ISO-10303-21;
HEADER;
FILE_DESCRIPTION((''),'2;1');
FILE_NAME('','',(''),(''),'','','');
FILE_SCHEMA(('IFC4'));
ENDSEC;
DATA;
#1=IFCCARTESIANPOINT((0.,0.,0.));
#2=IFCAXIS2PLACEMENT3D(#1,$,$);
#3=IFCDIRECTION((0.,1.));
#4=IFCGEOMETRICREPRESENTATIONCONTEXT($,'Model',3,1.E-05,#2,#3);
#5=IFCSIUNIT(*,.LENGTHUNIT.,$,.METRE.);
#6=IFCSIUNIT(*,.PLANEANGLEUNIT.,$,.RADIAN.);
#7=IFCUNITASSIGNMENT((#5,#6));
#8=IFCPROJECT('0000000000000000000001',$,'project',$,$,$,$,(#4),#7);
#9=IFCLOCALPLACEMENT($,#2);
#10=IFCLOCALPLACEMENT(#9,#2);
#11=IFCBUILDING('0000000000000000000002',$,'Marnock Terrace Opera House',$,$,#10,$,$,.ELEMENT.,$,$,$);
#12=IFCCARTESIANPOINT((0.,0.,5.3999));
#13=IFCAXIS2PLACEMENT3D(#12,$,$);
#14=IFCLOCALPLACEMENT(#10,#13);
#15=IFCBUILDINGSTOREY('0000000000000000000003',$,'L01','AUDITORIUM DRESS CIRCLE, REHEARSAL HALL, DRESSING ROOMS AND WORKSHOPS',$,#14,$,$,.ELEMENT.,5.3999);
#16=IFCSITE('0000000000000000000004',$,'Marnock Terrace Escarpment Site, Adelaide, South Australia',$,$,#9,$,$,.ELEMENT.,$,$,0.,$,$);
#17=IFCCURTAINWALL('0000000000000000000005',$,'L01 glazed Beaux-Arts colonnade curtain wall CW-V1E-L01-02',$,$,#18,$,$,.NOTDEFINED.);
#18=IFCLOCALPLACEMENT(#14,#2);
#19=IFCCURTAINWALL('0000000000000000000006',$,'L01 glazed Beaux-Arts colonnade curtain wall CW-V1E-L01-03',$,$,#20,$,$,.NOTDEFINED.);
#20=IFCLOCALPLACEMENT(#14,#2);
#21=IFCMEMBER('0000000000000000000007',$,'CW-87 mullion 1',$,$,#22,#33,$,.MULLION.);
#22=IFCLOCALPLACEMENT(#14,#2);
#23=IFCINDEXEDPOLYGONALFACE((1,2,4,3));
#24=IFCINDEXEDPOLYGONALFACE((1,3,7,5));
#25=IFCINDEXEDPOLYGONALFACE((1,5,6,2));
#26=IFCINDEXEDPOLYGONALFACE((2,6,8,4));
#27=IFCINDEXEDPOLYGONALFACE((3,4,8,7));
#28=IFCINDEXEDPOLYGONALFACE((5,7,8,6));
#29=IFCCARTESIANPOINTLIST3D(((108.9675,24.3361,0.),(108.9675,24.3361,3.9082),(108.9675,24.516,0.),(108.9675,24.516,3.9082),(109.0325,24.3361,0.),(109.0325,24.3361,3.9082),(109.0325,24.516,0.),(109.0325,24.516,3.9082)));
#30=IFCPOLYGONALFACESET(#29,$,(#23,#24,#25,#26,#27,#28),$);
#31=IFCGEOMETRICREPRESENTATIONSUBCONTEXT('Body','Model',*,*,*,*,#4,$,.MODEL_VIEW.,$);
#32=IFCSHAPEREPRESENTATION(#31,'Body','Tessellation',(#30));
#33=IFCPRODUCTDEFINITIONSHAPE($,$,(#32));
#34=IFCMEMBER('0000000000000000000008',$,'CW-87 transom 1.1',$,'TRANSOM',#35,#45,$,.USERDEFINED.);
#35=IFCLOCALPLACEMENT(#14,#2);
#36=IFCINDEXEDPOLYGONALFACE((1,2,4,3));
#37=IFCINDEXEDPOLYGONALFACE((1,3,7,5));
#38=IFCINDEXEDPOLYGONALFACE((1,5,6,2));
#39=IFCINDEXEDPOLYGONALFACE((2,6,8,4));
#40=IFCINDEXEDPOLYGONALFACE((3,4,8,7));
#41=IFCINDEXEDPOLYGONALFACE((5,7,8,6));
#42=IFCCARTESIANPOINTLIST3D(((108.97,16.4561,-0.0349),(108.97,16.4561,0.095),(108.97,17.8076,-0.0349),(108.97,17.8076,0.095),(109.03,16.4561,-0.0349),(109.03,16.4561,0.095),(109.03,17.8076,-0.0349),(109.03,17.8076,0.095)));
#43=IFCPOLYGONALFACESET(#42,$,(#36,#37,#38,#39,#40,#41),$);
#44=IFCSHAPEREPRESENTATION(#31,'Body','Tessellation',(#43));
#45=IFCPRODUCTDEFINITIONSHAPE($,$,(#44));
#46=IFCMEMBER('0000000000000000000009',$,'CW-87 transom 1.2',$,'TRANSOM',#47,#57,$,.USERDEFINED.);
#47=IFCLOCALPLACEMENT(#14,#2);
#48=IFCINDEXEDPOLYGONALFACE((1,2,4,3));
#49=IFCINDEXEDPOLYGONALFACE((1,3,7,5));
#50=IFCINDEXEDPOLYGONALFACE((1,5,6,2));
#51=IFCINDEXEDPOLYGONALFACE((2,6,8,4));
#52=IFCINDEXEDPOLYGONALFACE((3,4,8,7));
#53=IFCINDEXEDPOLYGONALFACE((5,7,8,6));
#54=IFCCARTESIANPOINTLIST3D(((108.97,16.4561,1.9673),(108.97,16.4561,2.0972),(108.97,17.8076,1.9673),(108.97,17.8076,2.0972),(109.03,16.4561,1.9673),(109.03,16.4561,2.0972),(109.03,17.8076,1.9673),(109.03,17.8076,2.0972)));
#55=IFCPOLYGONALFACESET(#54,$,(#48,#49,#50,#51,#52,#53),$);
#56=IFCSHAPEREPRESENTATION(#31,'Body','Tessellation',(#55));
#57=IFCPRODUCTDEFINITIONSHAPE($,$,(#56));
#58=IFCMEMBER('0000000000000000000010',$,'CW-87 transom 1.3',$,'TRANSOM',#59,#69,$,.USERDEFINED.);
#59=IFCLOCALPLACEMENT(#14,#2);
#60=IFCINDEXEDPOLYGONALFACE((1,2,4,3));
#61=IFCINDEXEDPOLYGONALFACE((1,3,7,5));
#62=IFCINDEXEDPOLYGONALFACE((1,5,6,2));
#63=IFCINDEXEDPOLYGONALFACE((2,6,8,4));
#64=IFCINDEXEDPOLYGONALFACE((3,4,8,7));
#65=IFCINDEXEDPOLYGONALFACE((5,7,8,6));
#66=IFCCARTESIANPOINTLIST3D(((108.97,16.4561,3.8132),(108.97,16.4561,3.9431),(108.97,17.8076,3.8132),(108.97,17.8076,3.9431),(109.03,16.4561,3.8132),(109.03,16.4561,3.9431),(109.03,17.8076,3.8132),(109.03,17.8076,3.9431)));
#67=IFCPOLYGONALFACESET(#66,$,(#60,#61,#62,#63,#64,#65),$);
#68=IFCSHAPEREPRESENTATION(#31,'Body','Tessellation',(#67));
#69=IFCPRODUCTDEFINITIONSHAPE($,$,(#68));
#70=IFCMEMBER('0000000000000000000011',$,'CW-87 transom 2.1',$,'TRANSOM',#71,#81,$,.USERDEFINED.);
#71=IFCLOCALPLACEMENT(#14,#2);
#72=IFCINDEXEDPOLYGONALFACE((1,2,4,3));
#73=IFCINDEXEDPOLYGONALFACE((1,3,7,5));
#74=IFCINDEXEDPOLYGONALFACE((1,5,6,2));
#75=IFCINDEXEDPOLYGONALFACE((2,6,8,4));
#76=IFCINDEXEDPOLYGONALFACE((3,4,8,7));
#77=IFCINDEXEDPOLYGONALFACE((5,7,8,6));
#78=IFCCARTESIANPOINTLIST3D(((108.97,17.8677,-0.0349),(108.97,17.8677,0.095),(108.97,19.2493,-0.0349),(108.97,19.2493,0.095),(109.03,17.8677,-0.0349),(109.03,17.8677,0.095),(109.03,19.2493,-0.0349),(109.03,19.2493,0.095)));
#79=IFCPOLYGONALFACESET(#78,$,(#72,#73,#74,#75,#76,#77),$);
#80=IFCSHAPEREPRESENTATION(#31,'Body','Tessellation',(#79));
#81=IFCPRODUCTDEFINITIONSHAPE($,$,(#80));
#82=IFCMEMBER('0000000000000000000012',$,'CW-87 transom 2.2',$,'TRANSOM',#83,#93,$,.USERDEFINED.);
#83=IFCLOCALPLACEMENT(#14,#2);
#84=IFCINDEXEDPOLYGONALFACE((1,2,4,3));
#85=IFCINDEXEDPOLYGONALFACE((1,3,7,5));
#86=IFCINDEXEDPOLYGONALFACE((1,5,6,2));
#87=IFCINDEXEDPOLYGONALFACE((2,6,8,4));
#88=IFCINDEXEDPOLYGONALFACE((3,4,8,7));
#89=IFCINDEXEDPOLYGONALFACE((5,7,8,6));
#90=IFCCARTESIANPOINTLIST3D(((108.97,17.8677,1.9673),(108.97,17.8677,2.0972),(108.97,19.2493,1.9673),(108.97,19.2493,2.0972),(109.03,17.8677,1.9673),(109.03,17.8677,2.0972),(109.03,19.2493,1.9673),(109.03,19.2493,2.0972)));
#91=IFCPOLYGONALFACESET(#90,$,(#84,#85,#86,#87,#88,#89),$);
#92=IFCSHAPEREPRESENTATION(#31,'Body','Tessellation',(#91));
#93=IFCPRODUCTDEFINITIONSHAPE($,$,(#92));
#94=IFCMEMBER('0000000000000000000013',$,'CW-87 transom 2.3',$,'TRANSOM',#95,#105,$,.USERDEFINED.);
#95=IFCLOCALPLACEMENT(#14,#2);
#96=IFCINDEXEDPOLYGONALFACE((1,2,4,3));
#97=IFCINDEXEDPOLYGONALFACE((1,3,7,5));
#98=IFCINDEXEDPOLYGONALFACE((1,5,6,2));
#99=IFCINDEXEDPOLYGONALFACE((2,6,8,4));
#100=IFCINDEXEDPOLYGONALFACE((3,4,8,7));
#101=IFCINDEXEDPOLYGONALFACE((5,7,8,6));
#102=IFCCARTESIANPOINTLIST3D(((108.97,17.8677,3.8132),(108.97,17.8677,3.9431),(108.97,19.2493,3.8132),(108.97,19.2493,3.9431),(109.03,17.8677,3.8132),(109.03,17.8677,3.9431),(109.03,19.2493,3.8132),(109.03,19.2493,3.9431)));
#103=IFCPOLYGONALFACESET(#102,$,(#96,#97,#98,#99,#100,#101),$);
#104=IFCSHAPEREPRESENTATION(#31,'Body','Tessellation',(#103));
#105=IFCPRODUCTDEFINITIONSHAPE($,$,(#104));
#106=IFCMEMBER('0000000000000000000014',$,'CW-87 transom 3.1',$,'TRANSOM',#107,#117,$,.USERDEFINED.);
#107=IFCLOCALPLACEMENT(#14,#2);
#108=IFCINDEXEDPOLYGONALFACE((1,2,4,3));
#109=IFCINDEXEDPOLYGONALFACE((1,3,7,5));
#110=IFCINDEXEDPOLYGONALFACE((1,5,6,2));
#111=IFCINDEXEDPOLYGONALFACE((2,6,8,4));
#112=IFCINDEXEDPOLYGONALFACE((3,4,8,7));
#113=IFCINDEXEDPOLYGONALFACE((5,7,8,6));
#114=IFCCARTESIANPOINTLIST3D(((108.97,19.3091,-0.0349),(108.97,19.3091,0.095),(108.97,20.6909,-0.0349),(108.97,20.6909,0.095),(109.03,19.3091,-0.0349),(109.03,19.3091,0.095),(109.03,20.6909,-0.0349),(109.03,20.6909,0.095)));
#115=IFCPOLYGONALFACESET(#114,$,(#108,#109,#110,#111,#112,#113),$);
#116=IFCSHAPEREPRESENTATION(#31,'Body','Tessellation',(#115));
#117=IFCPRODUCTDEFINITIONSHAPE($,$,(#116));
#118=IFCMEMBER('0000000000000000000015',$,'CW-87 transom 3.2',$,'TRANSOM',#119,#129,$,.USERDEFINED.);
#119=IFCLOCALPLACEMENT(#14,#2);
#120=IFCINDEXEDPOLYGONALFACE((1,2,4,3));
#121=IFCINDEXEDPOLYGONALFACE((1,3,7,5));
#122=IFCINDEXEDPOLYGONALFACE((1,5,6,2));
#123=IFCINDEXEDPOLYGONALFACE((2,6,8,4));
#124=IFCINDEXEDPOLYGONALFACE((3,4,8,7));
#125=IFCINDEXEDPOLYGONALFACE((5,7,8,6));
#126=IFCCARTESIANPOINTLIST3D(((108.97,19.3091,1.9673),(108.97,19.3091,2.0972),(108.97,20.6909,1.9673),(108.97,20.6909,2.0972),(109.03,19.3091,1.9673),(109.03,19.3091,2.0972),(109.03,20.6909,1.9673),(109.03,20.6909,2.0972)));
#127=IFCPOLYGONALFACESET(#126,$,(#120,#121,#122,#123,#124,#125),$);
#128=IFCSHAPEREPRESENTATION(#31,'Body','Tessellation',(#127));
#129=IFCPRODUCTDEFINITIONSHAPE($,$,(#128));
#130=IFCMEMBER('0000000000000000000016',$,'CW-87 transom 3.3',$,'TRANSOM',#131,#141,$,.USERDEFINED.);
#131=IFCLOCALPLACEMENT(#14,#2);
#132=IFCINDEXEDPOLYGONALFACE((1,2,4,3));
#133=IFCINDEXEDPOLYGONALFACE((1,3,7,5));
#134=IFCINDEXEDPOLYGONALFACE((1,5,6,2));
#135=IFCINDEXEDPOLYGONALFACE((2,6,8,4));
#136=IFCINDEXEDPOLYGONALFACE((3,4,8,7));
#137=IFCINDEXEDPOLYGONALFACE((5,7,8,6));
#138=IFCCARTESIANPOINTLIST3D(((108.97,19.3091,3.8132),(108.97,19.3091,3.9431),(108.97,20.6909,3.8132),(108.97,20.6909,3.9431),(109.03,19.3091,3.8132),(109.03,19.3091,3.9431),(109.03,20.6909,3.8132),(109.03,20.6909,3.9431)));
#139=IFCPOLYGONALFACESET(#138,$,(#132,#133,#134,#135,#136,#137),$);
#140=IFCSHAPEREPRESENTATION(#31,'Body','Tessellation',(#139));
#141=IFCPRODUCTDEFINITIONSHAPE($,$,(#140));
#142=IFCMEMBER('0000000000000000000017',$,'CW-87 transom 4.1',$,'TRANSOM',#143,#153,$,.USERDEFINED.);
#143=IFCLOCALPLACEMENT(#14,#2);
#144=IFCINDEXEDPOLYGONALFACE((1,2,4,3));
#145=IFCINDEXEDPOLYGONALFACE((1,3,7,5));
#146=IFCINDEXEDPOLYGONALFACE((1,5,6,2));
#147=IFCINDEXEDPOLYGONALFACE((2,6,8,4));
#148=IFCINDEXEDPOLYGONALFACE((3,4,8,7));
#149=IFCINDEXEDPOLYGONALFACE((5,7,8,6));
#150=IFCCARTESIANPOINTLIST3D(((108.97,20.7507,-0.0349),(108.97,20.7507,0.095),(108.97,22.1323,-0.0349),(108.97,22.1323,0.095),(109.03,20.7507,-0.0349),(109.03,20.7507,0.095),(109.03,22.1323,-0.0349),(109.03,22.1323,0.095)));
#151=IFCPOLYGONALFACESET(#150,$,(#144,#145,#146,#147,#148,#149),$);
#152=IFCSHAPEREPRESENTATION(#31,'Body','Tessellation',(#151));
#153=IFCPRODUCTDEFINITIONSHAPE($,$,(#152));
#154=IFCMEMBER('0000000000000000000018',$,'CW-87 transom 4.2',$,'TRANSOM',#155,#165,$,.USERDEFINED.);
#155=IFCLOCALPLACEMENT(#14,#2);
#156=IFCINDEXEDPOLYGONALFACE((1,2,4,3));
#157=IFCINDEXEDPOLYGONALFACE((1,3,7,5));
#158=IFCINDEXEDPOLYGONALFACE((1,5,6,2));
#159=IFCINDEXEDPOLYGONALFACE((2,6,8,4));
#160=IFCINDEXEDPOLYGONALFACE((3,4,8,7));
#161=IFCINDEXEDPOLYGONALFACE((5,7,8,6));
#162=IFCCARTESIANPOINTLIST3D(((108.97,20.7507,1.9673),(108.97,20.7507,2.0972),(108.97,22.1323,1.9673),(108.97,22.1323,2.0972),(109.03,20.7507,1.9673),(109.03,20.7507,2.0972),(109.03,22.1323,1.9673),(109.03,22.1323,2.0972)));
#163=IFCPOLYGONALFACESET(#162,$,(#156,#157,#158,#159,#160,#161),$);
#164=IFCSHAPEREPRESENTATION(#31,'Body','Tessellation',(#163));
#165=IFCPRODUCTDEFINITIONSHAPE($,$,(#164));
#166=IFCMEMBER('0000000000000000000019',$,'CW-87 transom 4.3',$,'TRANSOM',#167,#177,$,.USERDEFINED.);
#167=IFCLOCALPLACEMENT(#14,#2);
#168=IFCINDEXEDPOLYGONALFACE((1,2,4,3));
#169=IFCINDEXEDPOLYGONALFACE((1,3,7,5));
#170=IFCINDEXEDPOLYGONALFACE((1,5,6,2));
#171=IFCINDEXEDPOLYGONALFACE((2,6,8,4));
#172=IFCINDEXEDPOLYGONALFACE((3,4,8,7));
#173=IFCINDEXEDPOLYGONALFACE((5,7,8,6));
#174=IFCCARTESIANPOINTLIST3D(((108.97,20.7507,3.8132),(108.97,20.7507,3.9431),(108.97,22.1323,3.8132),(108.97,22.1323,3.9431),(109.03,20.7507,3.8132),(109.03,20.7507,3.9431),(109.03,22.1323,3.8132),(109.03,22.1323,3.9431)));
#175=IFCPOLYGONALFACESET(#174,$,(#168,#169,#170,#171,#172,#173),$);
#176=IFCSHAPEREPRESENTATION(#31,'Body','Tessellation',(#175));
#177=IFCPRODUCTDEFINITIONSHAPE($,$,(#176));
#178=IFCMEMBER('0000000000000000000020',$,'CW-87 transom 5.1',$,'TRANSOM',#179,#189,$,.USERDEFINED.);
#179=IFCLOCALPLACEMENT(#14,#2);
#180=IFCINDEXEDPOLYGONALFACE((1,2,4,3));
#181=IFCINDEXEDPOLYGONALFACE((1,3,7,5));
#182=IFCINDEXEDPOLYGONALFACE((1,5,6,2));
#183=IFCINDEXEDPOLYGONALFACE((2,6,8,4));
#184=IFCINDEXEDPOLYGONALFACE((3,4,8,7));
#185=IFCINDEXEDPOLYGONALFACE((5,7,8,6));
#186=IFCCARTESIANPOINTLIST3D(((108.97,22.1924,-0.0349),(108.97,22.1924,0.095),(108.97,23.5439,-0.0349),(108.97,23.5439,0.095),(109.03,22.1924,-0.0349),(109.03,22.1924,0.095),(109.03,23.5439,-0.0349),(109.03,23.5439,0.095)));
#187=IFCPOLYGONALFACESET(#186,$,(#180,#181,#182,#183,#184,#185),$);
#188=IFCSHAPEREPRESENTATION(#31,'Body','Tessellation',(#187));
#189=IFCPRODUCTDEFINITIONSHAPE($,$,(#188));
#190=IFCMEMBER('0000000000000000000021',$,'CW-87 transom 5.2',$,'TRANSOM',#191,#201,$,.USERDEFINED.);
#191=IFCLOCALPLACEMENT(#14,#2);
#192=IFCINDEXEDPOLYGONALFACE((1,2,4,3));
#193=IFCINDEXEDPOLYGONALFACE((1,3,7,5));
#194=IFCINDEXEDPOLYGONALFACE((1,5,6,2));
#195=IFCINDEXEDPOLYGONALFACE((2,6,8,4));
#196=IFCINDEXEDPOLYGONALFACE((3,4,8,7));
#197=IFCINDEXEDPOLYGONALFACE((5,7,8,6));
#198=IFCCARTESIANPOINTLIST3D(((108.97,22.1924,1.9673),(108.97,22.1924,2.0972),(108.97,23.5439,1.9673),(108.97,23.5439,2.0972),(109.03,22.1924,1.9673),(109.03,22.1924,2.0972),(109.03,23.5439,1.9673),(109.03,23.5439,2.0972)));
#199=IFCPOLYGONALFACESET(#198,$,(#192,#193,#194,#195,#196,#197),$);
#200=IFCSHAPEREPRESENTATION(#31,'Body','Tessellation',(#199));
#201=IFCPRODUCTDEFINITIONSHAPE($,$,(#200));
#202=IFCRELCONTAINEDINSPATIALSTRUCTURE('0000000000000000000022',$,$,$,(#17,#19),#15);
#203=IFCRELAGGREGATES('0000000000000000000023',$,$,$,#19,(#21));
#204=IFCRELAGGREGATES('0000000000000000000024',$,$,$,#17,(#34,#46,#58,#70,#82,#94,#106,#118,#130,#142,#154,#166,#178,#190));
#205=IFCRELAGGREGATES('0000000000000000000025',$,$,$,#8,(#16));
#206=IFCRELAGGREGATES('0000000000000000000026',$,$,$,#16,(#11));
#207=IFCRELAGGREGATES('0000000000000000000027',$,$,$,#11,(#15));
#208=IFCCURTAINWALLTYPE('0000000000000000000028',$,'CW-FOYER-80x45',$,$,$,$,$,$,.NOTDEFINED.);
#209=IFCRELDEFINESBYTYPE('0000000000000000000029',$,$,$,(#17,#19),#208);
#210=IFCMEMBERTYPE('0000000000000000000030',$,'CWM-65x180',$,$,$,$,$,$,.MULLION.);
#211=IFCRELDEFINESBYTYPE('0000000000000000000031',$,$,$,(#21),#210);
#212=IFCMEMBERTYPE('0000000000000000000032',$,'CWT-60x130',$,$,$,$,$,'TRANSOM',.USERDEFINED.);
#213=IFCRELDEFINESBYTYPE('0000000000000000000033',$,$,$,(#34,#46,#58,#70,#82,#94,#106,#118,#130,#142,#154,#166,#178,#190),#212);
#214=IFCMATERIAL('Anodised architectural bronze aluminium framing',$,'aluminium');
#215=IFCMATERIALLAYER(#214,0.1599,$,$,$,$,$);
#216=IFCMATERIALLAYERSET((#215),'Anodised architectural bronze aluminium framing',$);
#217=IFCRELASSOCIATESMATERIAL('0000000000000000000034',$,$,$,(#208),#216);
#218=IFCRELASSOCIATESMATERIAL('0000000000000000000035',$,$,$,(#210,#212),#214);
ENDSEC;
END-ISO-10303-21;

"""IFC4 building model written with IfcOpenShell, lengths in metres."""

from ifc_helpers import new_model, si_unit, direction, frame, origin, origin_2d, place, context, subcontext, project, spatial, rectangle, extrude, material, layer, layer_set, material_profile, profile_set, type_object, element, aggregate, save


model = new_model("IFC4")

# Units and contexts
model_context = context("Model", 3, precision=1e-05, world=origin(), true_north=direction((0.0, 1.0)))
body_context = subcontext(model_context, "Body", "Model", "MODEL_VIEW")
ifc_project = project(units=[si_unit("LENGTHUNIT", "METRE"), si_unit("PLANEANGLEUNIT", "RADIAN")], contexts=[model_context])

# Site, building, storey
site_placement = place(None, origin())
site = spatial("IfcSite", under=ifc_project, at=site_placement, Name="Marnock Terrace Escarpment Site, Adelaide, South Australia", CompositionType="ELEMENT", RefElevation=0.0)
building_placement = place(site_placement, origin())
building = spatial("IfcBuilding", under=site, at=building_placement, Name="Marnock Terrace Opera House", CompositionType="ELEMENT")
storey_placement = place(building_placement, frame((0.0, 0.0, 5.3999)))
storey = spatial("IfcBuildingStorey", under=building, at=storey_placement, Name="L01", Description="AUDITORIUM DRESS CIRCLE, REHEARSAL HALL, DRESSING ROOMS AND WORKSHOPS", CompositionType="ELEMENT", Elevation=5.3999)

# Curtain wall
ifc_material_1 = material(Name="Anodised architectural bronze aluminium framing", Category="aluminium")
ifc_layer_1 = layer(ifc_material_1, 0.1599)
ifc_layer_set_1 = layer_set([ifc_layer_1], Name="Anodised architectural bronze aluminium framing")
curtain_wall_type = type_object("IfcCurtainWallType", Name="CW-FOYER-80x45", PredefinedType="NOTDEFINED", material=ifc_layer_set_1)
curtain_wall_1_placement = place(storey_placement, origin())
curtain_wall_1 = element("IfcCurtainWall", 1, at=curtain_wall_1_placement, inside=storey, type_object=curtain_wall_type, Name="L01 glazed Beaux-Arts colonnade curtain wall CW-V1E-L01-02", PredefinedType="NOTDEFINED")
ifc_material_profile_1 = material_profile(ifc_material_1, rectangle(XDim=0.0649, YDim=0.1799, at=origin_2d()))
ifc_profile_set_1 = profile_set([ifc_material_profile_1], Name="Anodised architectural bronze aluminium framing")
member_type_1 = type_object("IfcMemberType", Name="CWM-65x180", PredefinedType="MULLION", material=ifc_profile_set_1)

# Curtain wall, member
curtain_wall_2_placement = place(storey_placement, origin())
curtain_wall_2 = element("IfcCurtainWall", 2, at=curtain_wall_2_placement, inside=storey, type_object=curtain_wall_type, Name="L01 glazed Beaux-Arts colonnade curtain wall CW-V1E-L01-03", PredefinedType="NOTDEFINED")
member_1_placement = place(storey_placement, frame((109.0, 24.426, 0.0), z_axis=(0.0, 0.0, 1.0), x_axis=(-1.0, 0.0, 0.0)))
member_1 = element("IfcMember", 3, at=member_1_placement, type_object=member_type_1, Name="CW-87 mullion 1", PredefinedType="MULLION", context=body_context, shape_type="SweptSolid", body=[
    extrude(rectangle(XDim=0.0649, YDim=0.1799, at=origin_2d()), origin(), (0.0, 0.0, 1.0), 3.9082),
])

# Members
ifc_material_profile_2 = material_profile(ifc_material_1, rectangle(XDim=0.0601, YDim=0.1299, at=origin_2d()))
ifc_profile_set_2 = profile_set([ifc_material_profile_2], Name="Anodised architectural bronze aluminium framing")
member_type_2 = type_object("IfcMemberType", Name="CWT-60x130", ElementType="TRANSOM", PredefinedType="USERDEFINED", material=ifc_profile_set_2)
member_2_placement = place(storey_placement, frame((109.0, 16.4561, 0.03), z_axis=(0.0, 1.0, 0.0), x_axis=(-1.0, 0.0, 0.0)))
member_2 = element("IfcMember", 4, at=member_2_placement, type_object=member_type_2, Name="CW-87 transom 1.1", ObjectType="TRANSOM", PredefinedType="USERDEFINED", context=body_context, shape_type="SweptSolid", body=[
    extrude(rectangle(XDim=0.0601, YDim=0.1299, at=origin_2d()), origin(), (0.0, 0.0, 1.0), 1.3516),
])
member_3_placement = place(storey_placement, frame((109.0, 16.4561, 2.0322), z_axis=(0.0, 1.0, 0.0), x_axis=(-1.0, 0.0, 0.0)))
member_3 = element("IfcMember", 5, at=member_3_placement, type_object=member_type_2, Name="CW-87 transom 1.2", ObjectType="TRANSOM", PredefinedType="USERDEFINED", context=body_context, shape_type="SweptSolid", body=[
    extrude(rectangle(XDim=0.0601, YDim=0.1299, at=origin_2d()), origin(), (0.0, 0.0, 1.0), 1.3516),
])
member_4_placement = place(storey_placement, frame((109.0, 16.4561, 3.8782), z_axis=(0.0, 1.0, 0.0), x_axis=(-1.0, 0.0, 0.0)))
member_4 = element("IfcMember", 6, at=member_4_placement, type_object=member_type_2, Name="CW-87 transom 1.3", ObjectType="TRANSOM", PredefinedType="USERDEFINED", context=body_context, shape_type="SweptSolid", body=[
    extrude(rectangle(XDim=0.0601, YDim=0.1299, at=origin_2d()), origin(), (0.0, 0.0, 1.0), 1.3516),
])
member_5_placement = place(storey_placement, frame((109.0, 17.8677, 0.03), z_axis=(0.0, 1.0, 0.0), x_axis=(-1.0, 0.0, 0.0)))
member_5 = element("IfcMember", 7, at=member_5_placement, type_object=member_type_2, Name="CW-87 transom 2.1", ObjectType="TRANSOM", PredefinedType="USERDEFINED", context=body_context, shape_type="SweptSolid", body=[
    extrude(rectangle(XDim=0.0601, YDim=0.1299, at=origin_2d()), origin(), (0.0, 0.0, 1.0), 1.3816),
])
member_6_placement = place(storey_placement, frame((109.0, 17.8677, 2.0322), z_axis=(0.0, 1.0, 0.0), x_axis=(-1.0, 0.0, 0.0)))
member_6 = element("IfcMember", 8, at=member_6_placement, type_object=member_type_2, Name="CW-87 transom 2.2", ObjectType="TRANSOM", PredefinedType="USERDEFINED", context=body_context, shape_type="SweptSolid", body=[
    extrude(rectangle(XDim=0.0601, YDim=0.1299, at=origin_2d()), origin(), (0.0, 0.0, 1.0), 1.3816),
])
member_7_placement = place(storey_placement, frame((109.0, 17.8677, 3.8782), z_axis=(0.0, 1.0, 0.0), x_axis=(-1.0, 0.0, 0.0)))
member_7 = element("IfcMember", 9, at=member_7_placement, type_object=member_type_2, Name="CW-87 transom 2.3", ObjectType="TRANSOM", PredefinedType="USERDEFINED", context=body_context, shape_type="SweptSolid", body=[
    extrude(rectangle(XDim=0.0601, YDim=0.1299, at=origin_2d()), origin(), (0.0, 0.0, 1.0), 1.3816),
])
member_8_placement = place(storey_placement, frame((109.0, 19.3091, 0.03), z_axis=(0.0, 1.0, 0.0), x_axis=(-1.0, 0.0, 0.0)))
member_8 = element("IfcMember", 10, at=member_8_placement, type_object=member_type_2, Name="CW-87 transom 3.1", ObjectType="TRANSOM", PredefinedType="USERDEFINED", context=body_context, shape_type="SweptSolid", body=[
    extrude(rectangle(XDim=0.0601, YDim=0.1299, at=origin_2d()), origin(), (0.0, 0.0, 1.0), 1.3818),
])
member_9_placement = place(storey_placement, frame((109.0, 19.3091, 2.0322), z_axis=(0.0, 1.0, 0.0), x_axis=(-1.0, 0.0, 0.0)))
member_9 = element("IfcMember", 11, at=member_9_placement, type_object=member_type_2, Name="CW-87 transom 3.2", ObjectType="TRANSOM", PredefinedType="USERDEFINED", context=body_context, shape_type="SweptSolid", body=[
    extrude(rectangle(XDim=0.0601, YDim=0.1299, at=origin_2d()), origin(), (0.0, 0.0, 1.0), 1.3818),
])
member_10_placement = place(storey_placement, frame((109.0, 19.3091, 3.8782), z_axis=(0.0, 1.0, 0.0), x_axis=(-1.0, 0.0, 0.0)))
member_10 = element("IfcMember", 12, at=member_10_placement, type_object=member_type_2, Name="CW-87 transom 3.3", ObjectType="TRANSOM", PredefinedType="USERDEFINED", context=body_context, shape_type="SweptSolid", body=[
    extrude(rectangle(XDim=0.0601, YDim=0.1299, at=origin_2d()), origin(), (0.0, 0.0, 1.0), 1.3818),
])
member_11_placement = place(storey_placement, frame((109.0, 20.7507, 0.03), z_axis=(0.0, 1.0, 0.0), x_axis=(-1.0, 0.0, 0.0)))
member_11 = element("IfcMember", 13, at=member_11_placement, type_object=member_type_2, Name="CW-87 transom 4.1", ObjectType="TRANSOM", PredefinedType="USERDEFINED", context=body_context, shape_type="SweptSolid", body=[
    extrude(rectangle(XDim=0.0601, YDim=0.1299, at=origin_2d()), origin(), (0.0, 0.0, 1.0), 1.3816),
])
member_12_placement = place(storey_placement, frame((109.0, 20.7507, 2.0322), z_axis=(0.0, 1.0, 0.0), x_axis=(-1.0, 0.0, 0.0)))
member_12 = element("IfcMember", 14, at=member_12_placement, type_object=member_type_2, Name="CW-87 transom 4.2", ObjectType="TRANSOM", PredefinedType="USERDEFINED", context=body_context, shape_type="SweptSolid", body=[
    extrude(rectangle(XDim=0.0601, YDim=0.1299, at=origin_2d()), origin(), (0.0, 0.0, 1.0), 1.3816),
])
member_13_placement = place(storey_placement, frame((109.0, 20.7507, 3.8782), z_axis=(0.0, 1.0, 0.0), x_axis=(-1.0, 0.0, 0.0)))
member_13 = element("IfcMember", 15, at=member_13_placement, type_object=member_type_2, Name="CW-87 transom 4.3", ObjectType="TRANSOM", PredefinedType="USERDEFINED", context=body_context, shape_type="SweptSolid", body=[
    extrude(rectangle(XDim=0.0601, YDim=0.1299, at=origin_2d()), origin(), (0.0, 0.0, 1.0), 1.3816),
])
member_14_placement = place(storey_placement, frame((109.0, 22.1924, 0.03), z_axis=(0.0, 1.0, 0.0), x_axis=(-1.0, 0.0, 0.0)))
member_14 = element("IfcMember", 16, at=member_14_placement, type_object=member_type_2, Name="CW-87 transom 5.1", ObjectType="TRANSOM", PredefinedType="USERDEFINED", context=body_context, shape_type="SweptSolid", body=[
    extrude(rectangle(XDim=0.0601, YDim=0.1299, at=origin_2d()), origin(), (0.0, 0.0, 1.0), 1.3516),
])
member_15_placement = place(storey_placement, frame((109.0, 22.1924, 2.0322), z_axis=(0.0, 1.0, 0.0), x_axis=(-1.0, 0.0, 0.0)))
member_15 = element("IfcMember", 17, at=member_15_placement, type_object=member_type_2, Name="CW-87 transom 5.2", ObjectType="TRANSOM", PredefinedType="USERDEFINED", context=body_context, shape_type="SweptSolid", body=[
    extrude(rectangle(XDim=0.0601, YDim=0.1299, at=origin_2d()), origin(), (0.0, 0.0, 1.0), 1.3516),
])
aggregate(curtain_wall_2, [member_1])

aggregate(curtain_wall_1, [member_2, member_3, member_4, member_5, member_6, member_7, member_8, member_9, member_10, member_11, member_12, member_13, member_14, member_15])

save(model, "model.ifc")
